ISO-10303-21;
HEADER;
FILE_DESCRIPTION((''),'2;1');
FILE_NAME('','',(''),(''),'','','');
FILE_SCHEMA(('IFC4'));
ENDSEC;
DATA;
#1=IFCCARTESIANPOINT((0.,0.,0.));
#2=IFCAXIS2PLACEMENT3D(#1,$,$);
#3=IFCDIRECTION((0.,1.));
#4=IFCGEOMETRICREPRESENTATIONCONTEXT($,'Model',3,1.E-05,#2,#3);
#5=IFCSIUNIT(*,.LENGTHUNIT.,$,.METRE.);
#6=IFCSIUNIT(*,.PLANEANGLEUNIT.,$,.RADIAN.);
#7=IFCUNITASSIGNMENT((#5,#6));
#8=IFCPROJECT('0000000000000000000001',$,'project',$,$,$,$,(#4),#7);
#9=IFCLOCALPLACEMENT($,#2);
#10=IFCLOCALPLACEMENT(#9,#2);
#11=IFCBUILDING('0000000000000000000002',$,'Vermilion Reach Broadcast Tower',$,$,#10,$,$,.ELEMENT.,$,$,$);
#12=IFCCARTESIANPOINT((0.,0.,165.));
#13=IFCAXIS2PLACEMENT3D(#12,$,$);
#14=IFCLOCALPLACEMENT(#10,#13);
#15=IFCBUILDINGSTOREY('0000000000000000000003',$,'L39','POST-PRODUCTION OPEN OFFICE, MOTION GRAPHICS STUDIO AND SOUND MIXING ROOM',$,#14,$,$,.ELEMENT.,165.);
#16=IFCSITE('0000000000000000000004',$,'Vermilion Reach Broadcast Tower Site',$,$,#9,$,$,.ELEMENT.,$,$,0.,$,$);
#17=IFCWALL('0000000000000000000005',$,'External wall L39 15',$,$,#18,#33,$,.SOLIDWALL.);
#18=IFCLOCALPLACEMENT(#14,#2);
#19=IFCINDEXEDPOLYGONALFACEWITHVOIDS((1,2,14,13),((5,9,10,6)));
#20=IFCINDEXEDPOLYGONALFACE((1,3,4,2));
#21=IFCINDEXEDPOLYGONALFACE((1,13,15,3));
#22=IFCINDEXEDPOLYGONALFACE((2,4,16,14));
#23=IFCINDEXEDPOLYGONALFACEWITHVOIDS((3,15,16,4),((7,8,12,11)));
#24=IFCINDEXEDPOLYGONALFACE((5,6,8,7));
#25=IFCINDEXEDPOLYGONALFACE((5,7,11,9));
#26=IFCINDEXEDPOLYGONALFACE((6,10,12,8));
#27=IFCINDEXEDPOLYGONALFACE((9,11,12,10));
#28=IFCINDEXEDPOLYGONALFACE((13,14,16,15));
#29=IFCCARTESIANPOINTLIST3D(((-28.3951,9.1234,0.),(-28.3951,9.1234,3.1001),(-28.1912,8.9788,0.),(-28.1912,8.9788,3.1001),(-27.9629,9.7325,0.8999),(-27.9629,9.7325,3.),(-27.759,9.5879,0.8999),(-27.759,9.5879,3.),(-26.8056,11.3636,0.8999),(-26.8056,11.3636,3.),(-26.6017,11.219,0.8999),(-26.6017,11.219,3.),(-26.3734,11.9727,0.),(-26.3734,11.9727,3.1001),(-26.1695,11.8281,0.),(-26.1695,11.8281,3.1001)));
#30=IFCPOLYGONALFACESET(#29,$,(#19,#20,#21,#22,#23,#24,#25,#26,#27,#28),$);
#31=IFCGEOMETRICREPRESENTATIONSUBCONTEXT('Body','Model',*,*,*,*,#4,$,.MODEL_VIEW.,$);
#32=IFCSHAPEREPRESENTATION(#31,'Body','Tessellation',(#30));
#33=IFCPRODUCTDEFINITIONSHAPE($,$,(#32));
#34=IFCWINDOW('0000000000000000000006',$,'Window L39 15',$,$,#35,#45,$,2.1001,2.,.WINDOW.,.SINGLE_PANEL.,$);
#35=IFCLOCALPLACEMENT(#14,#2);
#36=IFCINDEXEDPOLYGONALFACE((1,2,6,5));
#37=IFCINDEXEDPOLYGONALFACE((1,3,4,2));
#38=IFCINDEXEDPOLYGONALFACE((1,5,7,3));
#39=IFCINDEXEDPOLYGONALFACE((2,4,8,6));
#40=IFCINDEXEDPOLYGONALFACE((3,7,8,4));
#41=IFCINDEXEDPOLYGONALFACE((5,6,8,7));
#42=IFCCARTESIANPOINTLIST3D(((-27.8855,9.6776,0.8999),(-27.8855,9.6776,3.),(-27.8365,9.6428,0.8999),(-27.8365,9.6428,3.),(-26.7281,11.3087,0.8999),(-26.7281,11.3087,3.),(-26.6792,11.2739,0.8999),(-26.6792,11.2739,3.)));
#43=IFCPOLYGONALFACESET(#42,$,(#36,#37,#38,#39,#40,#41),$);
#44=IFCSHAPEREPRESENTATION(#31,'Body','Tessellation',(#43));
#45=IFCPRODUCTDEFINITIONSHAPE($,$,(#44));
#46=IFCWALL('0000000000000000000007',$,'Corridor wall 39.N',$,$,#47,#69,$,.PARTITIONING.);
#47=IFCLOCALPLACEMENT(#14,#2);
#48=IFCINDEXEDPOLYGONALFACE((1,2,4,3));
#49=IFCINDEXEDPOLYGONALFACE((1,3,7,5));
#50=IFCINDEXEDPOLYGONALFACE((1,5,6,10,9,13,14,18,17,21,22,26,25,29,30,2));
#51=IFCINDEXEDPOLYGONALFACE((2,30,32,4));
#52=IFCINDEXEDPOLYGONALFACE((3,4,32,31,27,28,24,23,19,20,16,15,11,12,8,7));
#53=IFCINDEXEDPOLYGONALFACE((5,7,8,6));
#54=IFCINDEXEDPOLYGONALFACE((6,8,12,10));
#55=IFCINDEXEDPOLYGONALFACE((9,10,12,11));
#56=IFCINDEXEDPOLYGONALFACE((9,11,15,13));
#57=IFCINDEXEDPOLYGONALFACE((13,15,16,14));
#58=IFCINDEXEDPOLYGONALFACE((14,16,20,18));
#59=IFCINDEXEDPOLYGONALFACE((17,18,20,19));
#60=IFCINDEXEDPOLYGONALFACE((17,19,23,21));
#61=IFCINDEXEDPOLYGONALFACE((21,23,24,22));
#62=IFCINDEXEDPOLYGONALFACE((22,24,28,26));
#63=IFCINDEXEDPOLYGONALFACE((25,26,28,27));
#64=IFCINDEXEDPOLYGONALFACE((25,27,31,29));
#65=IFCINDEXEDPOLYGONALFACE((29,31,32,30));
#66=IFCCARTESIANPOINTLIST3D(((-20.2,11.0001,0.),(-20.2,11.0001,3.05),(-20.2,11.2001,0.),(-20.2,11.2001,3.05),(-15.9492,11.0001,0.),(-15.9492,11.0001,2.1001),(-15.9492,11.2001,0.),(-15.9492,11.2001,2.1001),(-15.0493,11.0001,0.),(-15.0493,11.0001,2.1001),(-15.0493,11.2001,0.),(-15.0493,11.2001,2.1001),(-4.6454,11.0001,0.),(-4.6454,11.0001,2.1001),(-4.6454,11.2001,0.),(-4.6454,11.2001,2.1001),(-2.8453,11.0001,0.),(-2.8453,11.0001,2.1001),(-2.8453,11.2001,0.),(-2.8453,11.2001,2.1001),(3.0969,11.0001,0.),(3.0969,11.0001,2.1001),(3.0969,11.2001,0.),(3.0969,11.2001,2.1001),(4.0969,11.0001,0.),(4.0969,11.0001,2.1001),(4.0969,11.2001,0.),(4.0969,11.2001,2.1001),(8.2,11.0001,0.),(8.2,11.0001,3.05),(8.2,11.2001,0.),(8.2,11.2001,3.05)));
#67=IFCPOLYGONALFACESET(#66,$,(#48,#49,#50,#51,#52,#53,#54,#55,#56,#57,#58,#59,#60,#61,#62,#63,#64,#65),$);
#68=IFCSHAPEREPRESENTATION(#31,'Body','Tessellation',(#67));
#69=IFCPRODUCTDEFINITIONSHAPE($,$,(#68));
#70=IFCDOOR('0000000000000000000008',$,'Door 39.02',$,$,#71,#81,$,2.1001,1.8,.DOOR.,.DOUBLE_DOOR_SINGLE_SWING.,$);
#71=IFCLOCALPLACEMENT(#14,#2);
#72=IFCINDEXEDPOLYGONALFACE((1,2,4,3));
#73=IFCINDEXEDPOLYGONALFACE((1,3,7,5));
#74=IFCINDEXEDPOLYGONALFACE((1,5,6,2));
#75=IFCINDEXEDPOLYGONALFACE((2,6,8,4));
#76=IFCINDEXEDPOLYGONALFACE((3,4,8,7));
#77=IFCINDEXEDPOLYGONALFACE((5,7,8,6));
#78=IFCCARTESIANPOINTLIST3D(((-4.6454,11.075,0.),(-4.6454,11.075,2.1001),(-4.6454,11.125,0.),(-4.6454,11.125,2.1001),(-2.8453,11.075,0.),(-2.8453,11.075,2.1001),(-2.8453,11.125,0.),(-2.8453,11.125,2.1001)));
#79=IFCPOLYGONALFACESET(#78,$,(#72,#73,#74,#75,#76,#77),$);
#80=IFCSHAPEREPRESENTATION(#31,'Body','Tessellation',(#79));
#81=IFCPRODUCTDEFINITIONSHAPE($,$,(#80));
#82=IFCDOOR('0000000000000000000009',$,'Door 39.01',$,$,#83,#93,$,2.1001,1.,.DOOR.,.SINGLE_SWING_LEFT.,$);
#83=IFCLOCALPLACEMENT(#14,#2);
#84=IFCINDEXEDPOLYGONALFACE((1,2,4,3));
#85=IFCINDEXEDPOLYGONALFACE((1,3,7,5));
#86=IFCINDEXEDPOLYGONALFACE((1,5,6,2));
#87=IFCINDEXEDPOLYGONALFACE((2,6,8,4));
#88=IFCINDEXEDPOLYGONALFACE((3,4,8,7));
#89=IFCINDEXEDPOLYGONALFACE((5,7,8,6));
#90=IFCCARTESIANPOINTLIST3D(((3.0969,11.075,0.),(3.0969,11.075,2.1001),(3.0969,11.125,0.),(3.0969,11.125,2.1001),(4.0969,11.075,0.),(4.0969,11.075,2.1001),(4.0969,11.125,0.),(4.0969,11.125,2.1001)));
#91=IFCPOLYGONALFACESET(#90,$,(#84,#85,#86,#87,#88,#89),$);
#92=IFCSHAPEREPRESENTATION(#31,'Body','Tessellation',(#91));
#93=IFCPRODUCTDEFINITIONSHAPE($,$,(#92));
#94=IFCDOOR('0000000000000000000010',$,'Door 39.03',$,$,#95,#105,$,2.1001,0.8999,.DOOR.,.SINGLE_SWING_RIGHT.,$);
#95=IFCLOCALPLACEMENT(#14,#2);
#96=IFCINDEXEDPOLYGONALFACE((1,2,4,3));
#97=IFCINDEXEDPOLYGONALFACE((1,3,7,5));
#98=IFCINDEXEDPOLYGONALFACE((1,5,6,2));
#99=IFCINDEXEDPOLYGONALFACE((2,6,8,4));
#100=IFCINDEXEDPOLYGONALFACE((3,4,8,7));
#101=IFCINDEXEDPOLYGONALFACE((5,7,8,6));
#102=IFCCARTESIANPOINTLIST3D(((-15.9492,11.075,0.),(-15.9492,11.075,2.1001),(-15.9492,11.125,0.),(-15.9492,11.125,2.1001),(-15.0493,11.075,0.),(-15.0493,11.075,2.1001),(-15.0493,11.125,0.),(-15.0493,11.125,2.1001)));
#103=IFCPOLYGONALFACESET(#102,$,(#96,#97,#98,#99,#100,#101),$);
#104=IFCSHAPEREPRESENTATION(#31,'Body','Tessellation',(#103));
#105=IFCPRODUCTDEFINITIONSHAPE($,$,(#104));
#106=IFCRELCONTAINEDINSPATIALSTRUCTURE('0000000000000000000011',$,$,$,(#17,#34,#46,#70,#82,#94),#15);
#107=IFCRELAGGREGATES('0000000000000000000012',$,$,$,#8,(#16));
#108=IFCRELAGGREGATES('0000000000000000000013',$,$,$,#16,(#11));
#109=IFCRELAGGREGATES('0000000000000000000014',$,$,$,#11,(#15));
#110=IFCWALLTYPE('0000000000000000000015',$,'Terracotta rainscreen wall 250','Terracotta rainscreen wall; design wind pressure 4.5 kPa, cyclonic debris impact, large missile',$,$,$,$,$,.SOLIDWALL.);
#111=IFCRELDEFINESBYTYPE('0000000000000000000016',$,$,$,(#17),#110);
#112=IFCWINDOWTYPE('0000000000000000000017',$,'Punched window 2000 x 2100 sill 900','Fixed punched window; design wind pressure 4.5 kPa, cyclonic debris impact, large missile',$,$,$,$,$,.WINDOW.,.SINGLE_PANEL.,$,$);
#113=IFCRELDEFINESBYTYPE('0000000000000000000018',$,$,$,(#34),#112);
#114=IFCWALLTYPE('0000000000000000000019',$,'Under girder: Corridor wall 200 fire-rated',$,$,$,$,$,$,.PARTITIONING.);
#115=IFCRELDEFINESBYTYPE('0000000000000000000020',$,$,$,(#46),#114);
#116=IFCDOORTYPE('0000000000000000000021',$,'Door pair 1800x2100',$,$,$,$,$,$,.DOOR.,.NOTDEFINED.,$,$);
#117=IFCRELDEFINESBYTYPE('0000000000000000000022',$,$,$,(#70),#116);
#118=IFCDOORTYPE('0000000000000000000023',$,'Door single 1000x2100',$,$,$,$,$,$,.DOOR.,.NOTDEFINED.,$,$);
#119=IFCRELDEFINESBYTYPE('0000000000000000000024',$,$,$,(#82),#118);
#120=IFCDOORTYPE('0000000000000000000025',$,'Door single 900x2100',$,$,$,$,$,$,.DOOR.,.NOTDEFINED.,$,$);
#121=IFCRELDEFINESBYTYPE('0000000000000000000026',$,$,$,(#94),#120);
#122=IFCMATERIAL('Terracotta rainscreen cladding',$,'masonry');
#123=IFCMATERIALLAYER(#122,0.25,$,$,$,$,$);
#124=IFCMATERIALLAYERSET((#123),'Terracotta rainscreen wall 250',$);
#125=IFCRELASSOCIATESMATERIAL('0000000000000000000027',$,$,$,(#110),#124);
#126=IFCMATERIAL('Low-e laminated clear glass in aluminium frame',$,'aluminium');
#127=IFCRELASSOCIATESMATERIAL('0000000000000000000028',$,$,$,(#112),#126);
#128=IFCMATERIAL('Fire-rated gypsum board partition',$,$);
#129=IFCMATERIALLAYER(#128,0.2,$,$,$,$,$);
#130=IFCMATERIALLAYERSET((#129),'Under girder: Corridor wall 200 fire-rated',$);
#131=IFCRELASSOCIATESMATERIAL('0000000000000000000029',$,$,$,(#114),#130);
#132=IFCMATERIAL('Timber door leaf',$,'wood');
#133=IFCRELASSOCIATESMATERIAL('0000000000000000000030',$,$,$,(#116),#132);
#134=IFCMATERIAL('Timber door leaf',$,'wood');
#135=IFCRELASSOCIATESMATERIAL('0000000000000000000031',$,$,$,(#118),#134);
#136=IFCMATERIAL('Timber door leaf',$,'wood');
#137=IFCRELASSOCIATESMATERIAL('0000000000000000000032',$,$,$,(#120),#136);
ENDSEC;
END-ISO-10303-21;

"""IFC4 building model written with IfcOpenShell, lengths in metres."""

from ifc_helpers import new_model, si_unit, direction, frame, frame_2d, origin, place, context, subcontext, project, spatial, rectangle, extrude, material, layer, layer_set, type_object, element, fill, save


model = new_model("IFC4")

# Units and contexts
model_context = context("Model", 3, precision=1e-05, world=origin(), true_north=direction((0.0, 1.0)))
body_context = subcontext(model_context, "Body", "Model", "MODEL_VIEW")
ifc_project = project(units=[si_unit("LENGTHUNIT", "METRE"), si_unit("PLANEANGLEUNIT", "RADIAN")], contexts=[model_context])

# Site, building, storey
site_placement = place(None, origin())
site = spatial("IfcSite", under=ifc_project, at=site_placement, Name="Vermilion Reach Broadcast Tower Site", CompositionType="ELEMENT", RefElevation=0.0)
building_placement = place(site_placement, origin())
building = spatial("IfcBuilding", under=site, at=building_placement, Name="Vermilion Reach Broadcast Tower", CompositionType="ELEMENT")
storey_placement = place(building_placement, frame((0.0, 0.0, 165.0)))
storey = spatial("IfcBuildingStorey", under=building, at=storey_placement, Name="L39", Description="POST-PRODUCTION OPEN OFFICE, MOTION GRAPHICS STUDIO AND SOUND MIXING ROOM", CompositionType="ELEMENT", Elevation=165.0)

# Shared definitions
ifc_material_1 = material(Name="Terracotta rainscreen cladding", Category="masonry")
ifc_layer_1 = layer(ifc_material_1, 0.25)
ifc_layer_set_1 = layer_set([ifc_layer_1], Name="Terracotta rainscreen wall 250")
wall_type_1 = type_object("IfcWallType", Name="Terracotta rainscreen wall 250", Description="Terracotta rainscreen wall; design wind pressure 4.5 kPa, cyclonic debris impact, large missile", PredefinedType="SOLIDWALL", material=ifc_layer_set_1)

# Wall, opening, window
wall_1_placement = place(storey_placement, frame((-26.2715, 11.9004, 0.0), z_axis=(0.0, 0.0, 1.0), x_axis=(-0.578671, -0.815561, 0.0)))
wall_1 = element("IfcWall", 1, at=wall_1_placement, inside=storey, type_object=wall_type_1, Name="External wall L39 15", PredefinedType="SOLIDWALL", context=body_context, shape_type="SweptSolid", body=[
    extrude(rectangle(XDim=3.4937, YDim=0.25, at=frame_2d((1.7468, 0.0))), origin(), (0.0, 0.0, 1.0), 3.1001),
])
opening_1_placement = place(wall_1_placement, frame((0.7468, 0.0, 0.8999)))
opening_1 = element("IfcOpeningElement", 2, at=opening_1_placement, cuts=wall_1, PredefinedType="OPENING", context=body_context, shape_type="SweptSolid", body=[
    extrude(rectangle(XDim=2.0, YDim=2.1001, at=frame_2d((1.0, 1.05))), frame((0.0, 0.135, 0.0), z_axis=(0.0, -1.0, 0.0), x_axis=(1.0, 0.0, 0.0)), (0.0, 0.0, 1.0), 0.27),
])
ifc_material_2 = material(Name="Low-e laminated clear glass in aluminium frame", Category="aluminium")
window_type = type_object("IfcWindowType", Name="Punched window 2000 x 2100 sill 900", Description="Fixed punched window; design wind pressure 4.5 kPa, cyclonic debris impact, large missile", PartitioningType="SINGLE_PANEL", PredefinedType="WINDOW", material=ifc_material_2)
window_placement = place(opening_1_placement, origin())
window = element("IfcWindow", 3, at=window_placement, inside=storey, type_object=window_type, Name="Window L39 15", OverallHeight=2.1001, OverallWidth=2.0, PartitioningType="SINGLE_PANEL", PredefinedType="WINDOW", context=body_context, shape_type="SweptSolid", body=[
    extrude(rectangle(XDim=2.0, YDim=2.1001, at=frame_2d((1.0, 1.05))), frame((0.0, 0.03, 0.0), z_axis=(0.0, -1.0, 0.0), x_axis=(1.0, 0.0, 0.0)), (0.0, 0.0, 1.0), 0.0601),
])
fill(opening_1, window)

# Wall, openings, doors
ifc_material_3 = material(Name="Fire-rated gypsum board partition")
ifc_layer_2 = layer(ifc_material_3, 0.2)
ifc_layer_set_2 = layer_set([ifc_layer_2], Name="Under girder: Corridor wall 200 fire-rated")
wall_type_2 = type_object("IfcWallType", Name="Under girder: Corridor wall 200 fire-rated", PredefinedType="PARTITIONING", material=ifc_layer_set_2)
wall_2_placement = place(storey_placement, frame((-20.2, 11.1001, 0.0), z_axis=(0.0, 0.0, 1.0), x_axis=(1.0, 0.0, 0.0)))
wall_2 = element("IfcWall", 4, at=wall_2_placement, inside=storey, type_object=wall_type_2, Name="Corridor wall 39.N", PredefinedType="PARTITIONING", context=body_context, shape_type="SweptSolid", body=[
    extrude(rectangle(XDim=28.3999, YDim=0.2, at=frame_2d((14.2, 0.0))), origin(), (0.0, 0.0, 1.0), 3.05),
])
opening_2_placement = place(wall_2_placement, frame((23.2969, 0.0, 0.0)))
opening_2 = element("IfcOpeningElement", 5, at=opening_2_placement, cuts=wall_2, PredefinedType="OPENING", context=body_context, shape_type="SweptSolid", body=[
    extrude(rectangle(XDim=1.0, YDim=2.1001, at=frame_2d((0.5, 1.05))), frame((0.0, 0.1099, 0.0), z_axis=(0.0, -1.0, 0.0), x_axis=(1.0, 0.0, 0.0)), (0.0, 0.0, 1.0), 0.22),
])
opening_3_placement = place(wall_2_placement, frame((15.5547, 0.0, 0.0)))
opening_3 = element("IfcOpeningElement", 6, at=opening_3_placement, cuts=wall_2, PredefinedType="OPENING", context=body_context, shape_type="SweptSolid", body=[
    extrude(rectangle(XDim=1.8, YDim=2.1001, at=frame_2d((0.8999, 1.05))), frame((0.0, 0.1099, 0.0), z_axis=(0.0, -1.0, 0.0), x_axis=(1.0, 0.0, 0.0)), (0.0, 0.0, 1.0), 0.22),
])
opening_4_placement = place(wall_2_placement, frame((4.2507, 0.0, 0.0)))
opening_4 = element("IfcOpeningElement", 7, at=opening_4_placement, cuts=wall_2, PredefinedType="OPENING", context=body_context, shape_type="SweptSolid", body=[
    extrude(rectangle(XDim=0.8999, YDim=2.1001, at=frame_2d((0.45, 1.05))), frame((0.0, 0.1099, 0.0), z_axis=(0.0, -1.0, 0.0), x_axis=(1.0, 0.0, 0.0)), (0.0, 0.0, 1.0), 0.22),
])
ifc_material_4 = material(Name="Timber door leaf", Category="wood")
door_type_1 = type_object("IfcDoorType", Name="Door pair 1800x2100", OperationType="NOTDEFINED", PredefinedType="DOOR", material=ifc_material_4)
door_1_placement = place(opening_3_placement, origin())
door_1 = element("IfcDoor", 8, at=door_1_placement, inside=storey, type_object=door_type_1, Name="Door 39.02", OperationType="DOUBLE_DOOR_SINGLE_SWING", OverallHeight=2.1001, OverallWidth=1.8, PredefinedType="DOOR", context=body_context, shape_type="SweptSolid", body=[
    extrude(rectangle(XDim=1.8, YDim=2.1001, at=frame_2d((0.8999, 1.05))), frame((0.0, 0.0249, 0.0), z_axis=(0.0, -1.0, 0.0), x_axis=(1.0, 0.0, 0.0)), (0.0, 0.0, 1.0), 0.05),
])
fill(opening_3, door_1)
ifc_material_5 = material(Name="Timber door leaf", Category="wood")
door_type_2 = type_object("IfcDoorType", Name="Door single 1000x2100", OperationType="NOTDEFINED", PredefinedType="DOOR", material=ifc_material_5)
door_2_placement = place(opening_2_placement, origin())
door_2 = element("IfcDoor", 9, at=door_2_placement, inside=storey, type_object=door_type_2, Name="Door 39.01", OperationType="SINGLE_SWING_LEFT", OverallHeight=2.1001, OverallWidth=1.0, PredefinedType="DOOR", context=body_context, shape_type="SweptSolid", body=[
    extrude(rectangle(XDim=1.0, YDim=2.1001, at=frame_2d((0.5, 1.05))), frame((0.0, 0.0249, 0.0), z_axis=(0.0, -1.0, 0.0), x_axis=(1.0, 0.0, 0.0)), (0.0, 0.0, 1.0), 0.05),
])
fill(opening_2, door_2)
ifc_material_6 = material(Name="Timber door leaf", Category="wood")
door_type_3 = type_object("IfcDoorType", Name="Door single 900x2100", OperationType="NOTDEFINED", PredefinedType="DOOR", material=ifc_material_6)
door_3_placement = place(opening_4_placement, origin())
door_3 = element("IfcDoor", 10, at=door_3_placement, inside=storey, type_object=door_type_3, Name="Door 39.03", OperationType="SINGLE_SWING_RIGHT", OverallHeight=2.1001, OverallWidth=0.8999, PredefinedType="DOOR", context=body_context, shape_type="SweptSolid", body=[
    extrude(rectangle(XDim=0.8999, YDim=2.1001, at=frame_2d((0.45, 1.05))), frame((0.0, 0.0249, 0.0), z_axis=(0.0, -1.0, 0.0), x_axis=(1.0, 0.0, 0.0)), (0.0, 0.0, 1.0), 0.05),
])
fill(opening_4, door_3)

save(model, "model.ifc")
